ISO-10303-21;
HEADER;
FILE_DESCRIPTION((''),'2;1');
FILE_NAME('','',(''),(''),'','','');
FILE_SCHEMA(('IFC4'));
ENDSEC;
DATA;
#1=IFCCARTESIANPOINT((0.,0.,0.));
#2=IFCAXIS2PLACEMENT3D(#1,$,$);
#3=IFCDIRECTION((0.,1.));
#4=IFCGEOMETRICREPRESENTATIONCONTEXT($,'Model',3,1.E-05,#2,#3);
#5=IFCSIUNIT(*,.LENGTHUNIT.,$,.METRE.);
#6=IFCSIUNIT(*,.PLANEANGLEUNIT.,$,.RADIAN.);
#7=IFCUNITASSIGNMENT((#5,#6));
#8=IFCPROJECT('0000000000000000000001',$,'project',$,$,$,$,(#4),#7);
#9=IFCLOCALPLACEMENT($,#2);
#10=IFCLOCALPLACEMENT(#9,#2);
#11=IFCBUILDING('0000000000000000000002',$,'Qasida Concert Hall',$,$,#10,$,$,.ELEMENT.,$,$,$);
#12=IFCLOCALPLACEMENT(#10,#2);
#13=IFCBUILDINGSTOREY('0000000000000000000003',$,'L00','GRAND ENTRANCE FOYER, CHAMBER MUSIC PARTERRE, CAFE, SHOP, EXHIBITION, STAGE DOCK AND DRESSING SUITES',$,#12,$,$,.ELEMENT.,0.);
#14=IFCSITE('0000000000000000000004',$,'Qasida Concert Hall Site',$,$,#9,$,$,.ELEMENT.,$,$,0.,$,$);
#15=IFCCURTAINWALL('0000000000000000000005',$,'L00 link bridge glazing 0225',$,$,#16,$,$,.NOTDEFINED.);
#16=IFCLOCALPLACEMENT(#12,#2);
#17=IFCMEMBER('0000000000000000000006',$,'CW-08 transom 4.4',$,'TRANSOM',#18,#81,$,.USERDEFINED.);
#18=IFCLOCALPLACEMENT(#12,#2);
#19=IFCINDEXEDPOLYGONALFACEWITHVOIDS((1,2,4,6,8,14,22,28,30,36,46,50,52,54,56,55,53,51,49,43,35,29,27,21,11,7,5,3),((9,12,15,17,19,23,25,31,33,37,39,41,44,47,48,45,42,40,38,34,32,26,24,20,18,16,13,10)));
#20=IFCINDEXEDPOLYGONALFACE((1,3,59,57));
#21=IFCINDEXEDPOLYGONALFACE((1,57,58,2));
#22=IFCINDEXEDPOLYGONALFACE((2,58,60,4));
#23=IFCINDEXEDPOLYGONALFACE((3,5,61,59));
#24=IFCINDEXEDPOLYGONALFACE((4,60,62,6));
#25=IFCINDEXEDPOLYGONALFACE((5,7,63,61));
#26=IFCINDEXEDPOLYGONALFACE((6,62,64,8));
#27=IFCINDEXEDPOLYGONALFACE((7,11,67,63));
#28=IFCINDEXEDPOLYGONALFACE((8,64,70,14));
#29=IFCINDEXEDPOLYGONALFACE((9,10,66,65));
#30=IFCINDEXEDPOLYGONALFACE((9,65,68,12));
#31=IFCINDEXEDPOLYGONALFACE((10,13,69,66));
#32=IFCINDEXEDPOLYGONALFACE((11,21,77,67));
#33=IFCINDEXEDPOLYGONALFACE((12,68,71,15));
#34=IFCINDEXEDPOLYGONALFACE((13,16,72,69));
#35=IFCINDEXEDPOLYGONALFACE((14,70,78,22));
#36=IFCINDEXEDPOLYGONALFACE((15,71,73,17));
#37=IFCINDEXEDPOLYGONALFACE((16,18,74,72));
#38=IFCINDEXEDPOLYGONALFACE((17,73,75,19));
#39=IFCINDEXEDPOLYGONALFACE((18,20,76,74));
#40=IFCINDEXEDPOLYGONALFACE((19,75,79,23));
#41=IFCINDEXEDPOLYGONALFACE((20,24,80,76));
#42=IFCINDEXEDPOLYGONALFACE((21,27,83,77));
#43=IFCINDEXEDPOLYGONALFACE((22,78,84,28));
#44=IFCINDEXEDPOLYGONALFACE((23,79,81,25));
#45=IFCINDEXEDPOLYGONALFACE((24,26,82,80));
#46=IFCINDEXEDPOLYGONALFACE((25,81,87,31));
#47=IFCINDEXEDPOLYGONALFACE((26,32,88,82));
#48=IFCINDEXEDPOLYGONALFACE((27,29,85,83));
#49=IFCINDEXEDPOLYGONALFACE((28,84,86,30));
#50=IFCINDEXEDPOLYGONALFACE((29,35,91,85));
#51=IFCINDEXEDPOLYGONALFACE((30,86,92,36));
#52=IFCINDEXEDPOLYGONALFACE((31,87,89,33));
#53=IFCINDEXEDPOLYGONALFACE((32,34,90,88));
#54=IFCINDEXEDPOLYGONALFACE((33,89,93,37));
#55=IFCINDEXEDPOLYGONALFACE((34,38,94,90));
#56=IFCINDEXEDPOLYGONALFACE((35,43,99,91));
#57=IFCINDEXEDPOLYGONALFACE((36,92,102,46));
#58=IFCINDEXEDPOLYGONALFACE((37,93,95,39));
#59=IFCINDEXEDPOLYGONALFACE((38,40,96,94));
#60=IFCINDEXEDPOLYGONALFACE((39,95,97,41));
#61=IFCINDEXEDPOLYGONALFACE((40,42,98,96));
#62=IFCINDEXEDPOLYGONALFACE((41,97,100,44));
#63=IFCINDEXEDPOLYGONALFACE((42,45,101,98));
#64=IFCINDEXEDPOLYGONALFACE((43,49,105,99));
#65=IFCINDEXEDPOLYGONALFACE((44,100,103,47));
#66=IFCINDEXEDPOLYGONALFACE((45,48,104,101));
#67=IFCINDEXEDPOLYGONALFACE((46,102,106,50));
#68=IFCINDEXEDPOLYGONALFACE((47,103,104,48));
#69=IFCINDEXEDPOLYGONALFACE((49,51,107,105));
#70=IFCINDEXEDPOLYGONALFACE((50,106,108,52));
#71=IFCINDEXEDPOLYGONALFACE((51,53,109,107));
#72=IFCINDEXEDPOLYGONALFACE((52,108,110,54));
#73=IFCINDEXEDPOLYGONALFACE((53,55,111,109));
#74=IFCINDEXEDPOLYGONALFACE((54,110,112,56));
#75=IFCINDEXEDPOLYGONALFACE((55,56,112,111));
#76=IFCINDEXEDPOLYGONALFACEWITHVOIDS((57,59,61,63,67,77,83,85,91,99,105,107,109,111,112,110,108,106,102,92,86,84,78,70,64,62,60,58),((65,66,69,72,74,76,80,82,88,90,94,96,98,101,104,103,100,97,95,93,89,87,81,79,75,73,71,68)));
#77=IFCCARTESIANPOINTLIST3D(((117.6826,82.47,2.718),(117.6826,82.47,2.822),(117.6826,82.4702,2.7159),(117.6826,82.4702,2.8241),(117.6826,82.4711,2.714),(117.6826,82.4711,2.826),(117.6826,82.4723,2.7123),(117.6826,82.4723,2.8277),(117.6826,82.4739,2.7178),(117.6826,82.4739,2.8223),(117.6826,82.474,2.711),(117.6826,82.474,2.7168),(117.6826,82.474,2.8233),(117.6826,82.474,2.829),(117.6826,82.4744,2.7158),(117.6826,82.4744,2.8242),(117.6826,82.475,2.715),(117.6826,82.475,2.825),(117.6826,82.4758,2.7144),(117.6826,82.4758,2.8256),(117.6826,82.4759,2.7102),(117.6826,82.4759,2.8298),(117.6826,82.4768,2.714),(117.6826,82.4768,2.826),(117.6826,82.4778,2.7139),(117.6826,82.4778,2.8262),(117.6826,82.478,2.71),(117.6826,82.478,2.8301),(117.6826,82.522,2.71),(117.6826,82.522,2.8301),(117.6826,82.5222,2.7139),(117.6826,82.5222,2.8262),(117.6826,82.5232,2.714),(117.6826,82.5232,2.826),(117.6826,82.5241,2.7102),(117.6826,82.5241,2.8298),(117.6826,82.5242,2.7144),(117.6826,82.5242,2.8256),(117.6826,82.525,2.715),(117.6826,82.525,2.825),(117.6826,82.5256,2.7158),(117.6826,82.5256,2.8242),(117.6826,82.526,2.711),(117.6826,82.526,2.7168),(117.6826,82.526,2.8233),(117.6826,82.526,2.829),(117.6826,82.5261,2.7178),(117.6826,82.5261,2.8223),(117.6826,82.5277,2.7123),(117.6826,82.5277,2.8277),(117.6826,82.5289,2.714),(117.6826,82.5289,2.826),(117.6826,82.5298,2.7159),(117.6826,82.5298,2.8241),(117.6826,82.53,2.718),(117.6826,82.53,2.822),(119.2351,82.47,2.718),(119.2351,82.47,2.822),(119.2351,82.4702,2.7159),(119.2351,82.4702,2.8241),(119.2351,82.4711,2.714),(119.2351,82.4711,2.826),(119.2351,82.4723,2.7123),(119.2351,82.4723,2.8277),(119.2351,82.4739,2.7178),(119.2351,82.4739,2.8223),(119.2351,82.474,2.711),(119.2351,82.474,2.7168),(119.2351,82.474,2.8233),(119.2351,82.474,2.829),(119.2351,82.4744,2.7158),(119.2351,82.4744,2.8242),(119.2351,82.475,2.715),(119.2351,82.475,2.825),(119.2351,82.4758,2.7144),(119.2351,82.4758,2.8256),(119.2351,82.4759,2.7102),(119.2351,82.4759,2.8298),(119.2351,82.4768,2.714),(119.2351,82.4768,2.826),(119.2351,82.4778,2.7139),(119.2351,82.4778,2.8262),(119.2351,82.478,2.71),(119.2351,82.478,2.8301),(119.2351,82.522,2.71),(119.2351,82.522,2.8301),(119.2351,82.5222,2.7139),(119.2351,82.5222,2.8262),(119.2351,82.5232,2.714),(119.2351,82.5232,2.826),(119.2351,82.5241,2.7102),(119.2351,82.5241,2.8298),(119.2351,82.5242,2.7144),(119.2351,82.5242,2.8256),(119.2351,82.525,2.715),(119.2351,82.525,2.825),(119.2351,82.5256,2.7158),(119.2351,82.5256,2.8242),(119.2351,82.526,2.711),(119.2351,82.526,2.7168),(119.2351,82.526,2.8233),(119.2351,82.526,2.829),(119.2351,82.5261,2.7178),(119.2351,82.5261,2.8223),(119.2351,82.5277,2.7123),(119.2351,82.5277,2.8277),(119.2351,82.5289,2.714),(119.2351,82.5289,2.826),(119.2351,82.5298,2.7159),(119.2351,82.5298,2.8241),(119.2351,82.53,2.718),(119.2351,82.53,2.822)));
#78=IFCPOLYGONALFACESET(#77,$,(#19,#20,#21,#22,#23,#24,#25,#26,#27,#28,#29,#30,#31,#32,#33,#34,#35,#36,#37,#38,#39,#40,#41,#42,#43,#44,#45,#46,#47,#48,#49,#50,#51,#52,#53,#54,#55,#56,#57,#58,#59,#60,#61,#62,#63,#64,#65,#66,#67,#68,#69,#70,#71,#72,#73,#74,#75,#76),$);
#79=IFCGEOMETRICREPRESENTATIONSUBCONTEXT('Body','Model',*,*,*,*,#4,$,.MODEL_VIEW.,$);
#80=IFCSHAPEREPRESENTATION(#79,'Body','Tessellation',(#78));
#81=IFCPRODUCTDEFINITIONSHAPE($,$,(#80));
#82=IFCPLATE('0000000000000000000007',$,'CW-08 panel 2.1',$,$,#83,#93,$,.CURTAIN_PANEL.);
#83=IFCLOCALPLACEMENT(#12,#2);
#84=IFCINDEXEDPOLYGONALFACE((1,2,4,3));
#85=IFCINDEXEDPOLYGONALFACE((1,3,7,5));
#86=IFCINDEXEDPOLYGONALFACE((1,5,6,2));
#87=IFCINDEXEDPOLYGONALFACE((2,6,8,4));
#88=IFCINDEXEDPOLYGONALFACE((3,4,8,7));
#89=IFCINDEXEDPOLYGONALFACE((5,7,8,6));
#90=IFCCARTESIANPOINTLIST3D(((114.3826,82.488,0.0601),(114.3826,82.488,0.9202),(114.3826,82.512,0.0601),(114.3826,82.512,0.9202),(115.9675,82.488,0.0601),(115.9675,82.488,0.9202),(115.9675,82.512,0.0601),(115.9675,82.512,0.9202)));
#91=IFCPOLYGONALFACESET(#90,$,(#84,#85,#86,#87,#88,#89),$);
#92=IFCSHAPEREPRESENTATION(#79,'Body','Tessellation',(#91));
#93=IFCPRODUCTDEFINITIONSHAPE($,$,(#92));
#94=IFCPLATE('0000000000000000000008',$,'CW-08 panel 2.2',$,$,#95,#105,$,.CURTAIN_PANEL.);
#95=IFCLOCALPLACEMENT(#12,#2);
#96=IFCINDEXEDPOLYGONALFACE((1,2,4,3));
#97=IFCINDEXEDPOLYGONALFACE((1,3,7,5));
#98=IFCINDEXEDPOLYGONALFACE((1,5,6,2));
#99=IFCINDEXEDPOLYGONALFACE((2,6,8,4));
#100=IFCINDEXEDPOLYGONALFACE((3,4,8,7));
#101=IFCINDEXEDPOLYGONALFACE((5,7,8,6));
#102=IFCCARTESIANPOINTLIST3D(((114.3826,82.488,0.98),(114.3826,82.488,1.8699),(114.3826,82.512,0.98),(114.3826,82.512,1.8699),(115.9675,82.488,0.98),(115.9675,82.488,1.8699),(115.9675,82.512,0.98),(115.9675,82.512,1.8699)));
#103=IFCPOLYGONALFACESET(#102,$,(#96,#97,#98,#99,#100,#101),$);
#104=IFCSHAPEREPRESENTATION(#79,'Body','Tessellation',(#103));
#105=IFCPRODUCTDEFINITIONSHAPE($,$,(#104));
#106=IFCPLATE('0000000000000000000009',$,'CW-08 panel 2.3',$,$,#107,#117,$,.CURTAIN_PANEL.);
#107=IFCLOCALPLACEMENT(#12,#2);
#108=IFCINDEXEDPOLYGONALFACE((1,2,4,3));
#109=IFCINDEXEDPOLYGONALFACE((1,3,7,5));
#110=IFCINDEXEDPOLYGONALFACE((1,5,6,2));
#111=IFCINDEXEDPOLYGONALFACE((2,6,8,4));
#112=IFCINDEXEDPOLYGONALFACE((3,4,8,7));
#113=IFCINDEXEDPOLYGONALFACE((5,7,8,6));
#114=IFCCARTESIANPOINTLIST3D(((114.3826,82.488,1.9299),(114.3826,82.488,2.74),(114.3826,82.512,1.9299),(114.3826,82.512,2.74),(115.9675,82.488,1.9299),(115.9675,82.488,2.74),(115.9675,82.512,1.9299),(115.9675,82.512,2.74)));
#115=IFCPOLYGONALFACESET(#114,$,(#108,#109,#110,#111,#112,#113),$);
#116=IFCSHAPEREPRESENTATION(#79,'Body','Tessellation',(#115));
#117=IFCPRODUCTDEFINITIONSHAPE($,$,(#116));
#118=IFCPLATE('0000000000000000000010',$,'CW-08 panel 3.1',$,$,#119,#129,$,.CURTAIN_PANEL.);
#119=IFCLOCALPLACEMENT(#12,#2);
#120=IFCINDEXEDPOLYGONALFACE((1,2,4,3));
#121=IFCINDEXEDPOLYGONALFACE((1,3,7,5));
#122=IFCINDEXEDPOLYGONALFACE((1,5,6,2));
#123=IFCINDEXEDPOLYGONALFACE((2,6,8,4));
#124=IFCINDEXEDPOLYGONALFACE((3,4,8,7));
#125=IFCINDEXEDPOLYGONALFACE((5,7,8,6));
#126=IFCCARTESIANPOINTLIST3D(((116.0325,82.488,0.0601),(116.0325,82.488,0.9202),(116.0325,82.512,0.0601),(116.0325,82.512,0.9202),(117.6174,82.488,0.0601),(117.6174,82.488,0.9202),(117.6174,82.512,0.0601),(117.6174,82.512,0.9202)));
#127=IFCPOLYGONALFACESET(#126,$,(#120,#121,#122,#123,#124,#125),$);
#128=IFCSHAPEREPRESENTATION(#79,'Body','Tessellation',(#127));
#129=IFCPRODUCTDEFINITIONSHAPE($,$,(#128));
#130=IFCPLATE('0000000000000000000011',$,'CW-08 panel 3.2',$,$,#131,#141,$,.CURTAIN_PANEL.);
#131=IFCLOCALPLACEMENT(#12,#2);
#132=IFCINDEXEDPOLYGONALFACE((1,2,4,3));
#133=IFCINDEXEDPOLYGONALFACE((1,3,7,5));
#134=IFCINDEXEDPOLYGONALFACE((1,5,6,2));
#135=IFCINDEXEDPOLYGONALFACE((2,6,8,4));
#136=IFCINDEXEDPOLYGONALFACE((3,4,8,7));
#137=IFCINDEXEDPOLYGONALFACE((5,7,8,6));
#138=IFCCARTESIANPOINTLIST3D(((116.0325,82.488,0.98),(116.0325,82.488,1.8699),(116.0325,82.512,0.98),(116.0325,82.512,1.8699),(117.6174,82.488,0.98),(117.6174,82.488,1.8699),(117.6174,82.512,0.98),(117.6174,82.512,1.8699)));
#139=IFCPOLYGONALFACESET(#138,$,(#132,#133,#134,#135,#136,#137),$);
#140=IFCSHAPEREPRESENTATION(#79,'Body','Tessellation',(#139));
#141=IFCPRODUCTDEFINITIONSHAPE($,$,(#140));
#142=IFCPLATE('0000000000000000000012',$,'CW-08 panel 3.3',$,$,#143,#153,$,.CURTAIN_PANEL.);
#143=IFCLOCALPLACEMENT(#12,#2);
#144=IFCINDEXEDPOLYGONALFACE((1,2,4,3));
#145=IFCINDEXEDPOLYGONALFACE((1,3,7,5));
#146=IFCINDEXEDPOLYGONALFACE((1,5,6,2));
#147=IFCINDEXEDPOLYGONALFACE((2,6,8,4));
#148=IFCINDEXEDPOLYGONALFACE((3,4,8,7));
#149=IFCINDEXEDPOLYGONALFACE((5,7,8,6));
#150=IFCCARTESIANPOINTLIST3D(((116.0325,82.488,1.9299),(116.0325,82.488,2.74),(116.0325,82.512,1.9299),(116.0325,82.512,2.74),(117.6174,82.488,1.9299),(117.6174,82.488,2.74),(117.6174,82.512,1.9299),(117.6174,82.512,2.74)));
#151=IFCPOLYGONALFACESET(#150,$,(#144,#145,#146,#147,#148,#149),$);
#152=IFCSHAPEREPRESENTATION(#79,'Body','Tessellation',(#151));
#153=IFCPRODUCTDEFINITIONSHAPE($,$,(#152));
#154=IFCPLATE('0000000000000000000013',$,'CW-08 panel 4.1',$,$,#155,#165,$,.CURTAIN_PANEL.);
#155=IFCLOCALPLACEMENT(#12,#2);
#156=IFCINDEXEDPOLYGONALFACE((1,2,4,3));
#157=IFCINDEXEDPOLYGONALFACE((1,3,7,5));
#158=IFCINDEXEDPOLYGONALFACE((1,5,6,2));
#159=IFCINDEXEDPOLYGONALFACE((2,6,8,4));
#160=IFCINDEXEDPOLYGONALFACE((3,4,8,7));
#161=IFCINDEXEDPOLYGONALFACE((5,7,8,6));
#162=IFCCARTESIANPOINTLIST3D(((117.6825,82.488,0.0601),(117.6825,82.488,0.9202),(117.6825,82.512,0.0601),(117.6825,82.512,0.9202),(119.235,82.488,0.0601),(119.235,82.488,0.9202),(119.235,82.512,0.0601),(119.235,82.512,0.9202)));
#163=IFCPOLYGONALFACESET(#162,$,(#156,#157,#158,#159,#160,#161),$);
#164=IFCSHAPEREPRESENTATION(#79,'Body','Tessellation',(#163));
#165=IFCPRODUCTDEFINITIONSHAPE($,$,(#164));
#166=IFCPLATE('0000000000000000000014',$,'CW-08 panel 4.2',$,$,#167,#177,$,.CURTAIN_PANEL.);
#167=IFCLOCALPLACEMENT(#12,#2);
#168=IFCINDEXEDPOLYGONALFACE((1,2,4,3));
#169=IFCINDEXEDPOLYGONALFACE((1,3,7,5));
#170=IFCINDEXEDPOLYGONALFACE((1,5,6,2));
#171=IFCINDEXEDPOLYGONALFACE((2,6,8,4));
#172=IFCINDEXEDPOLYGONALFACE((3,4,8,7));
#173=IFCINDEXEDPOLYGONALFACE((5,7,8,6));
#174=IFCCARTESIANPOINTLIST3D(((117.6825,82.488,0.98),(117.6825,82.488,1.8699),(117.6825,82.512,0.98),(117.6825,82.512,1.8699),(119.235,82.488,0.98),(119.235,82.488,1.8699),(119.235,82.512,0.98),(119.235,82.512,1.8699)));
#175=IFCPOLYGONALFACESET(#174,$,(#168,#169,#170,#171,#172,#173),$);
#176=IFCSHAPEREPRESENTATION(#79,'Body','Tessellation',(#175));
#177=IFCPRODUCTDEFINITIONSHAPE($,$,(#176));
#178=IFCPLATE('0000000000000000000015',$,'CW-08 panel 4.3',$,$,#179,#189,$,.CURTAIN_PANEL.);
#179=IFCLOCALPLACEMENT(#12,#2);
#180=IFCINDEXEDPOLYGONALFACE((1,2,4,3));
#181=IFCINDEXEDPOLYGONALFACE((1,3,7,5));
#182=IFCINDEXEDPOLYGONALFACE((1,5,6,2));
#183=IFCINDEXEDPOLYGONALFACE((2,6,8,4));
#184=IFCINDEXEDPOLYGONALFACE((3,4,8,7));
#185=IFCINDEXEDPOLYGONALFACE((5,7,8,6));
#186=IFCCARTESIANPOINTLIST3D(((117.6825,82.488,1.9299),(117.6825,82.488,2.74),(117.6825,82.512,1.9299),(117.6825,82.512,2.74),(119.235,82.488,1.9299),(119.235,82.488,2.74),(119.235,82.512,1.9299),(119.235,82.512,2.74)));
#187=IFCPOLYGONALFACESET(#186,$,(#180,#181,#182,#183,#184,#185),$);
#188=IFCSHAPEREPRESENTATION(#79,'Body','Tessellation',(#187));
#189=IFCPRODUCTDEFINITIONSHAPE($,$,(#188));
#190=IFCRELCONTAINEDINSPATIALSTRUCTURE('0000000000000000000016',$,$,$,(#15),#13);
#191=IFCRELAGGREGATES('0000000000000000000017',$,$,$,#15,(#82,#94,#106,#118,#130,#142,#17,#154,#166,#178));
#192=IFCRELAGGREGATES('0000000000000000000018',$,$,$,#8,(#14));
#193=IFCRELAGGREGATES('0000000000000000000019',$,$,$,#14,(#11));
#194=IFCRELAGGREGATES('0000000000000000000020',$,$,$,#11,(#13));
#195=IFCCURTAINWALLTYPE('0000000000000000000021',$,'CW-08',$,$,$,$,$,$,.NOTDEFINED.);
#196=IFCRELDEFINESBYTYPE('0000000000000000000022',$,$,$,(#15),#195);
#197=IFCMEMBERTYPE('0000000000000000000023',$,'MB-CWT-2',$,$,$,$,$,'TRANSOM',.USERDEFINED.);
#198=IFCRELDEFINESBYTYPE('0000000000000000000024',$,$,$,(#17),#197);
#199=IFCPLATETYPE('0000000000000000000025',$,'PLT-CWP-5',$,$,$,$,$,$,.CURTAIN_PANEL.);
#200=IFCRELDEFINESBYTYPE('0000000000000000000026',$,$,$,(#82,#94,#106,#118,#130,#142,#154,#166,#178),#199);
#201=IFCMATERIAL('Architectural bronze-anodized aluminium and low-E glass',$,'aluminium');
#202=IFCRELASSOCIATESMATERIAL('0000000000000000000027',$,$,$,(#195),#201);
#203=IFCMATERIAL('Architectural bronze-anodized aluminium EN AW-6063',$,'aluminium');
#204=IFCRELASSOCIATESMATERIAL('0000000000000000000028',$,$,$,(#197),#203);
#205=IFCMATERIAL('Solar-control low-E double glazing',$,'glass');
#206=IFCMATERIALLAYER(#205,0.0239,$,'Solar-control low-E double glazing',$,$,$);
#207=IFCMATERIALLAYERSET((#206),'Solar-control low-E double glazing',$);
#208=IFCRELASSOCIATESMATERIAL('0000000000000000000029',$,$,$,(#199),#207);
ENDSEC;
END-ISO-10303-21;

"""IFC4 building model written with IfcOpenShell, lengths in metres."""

from ifc_helpers import new_model, si_unit, direction, frame, origin, origin_2d, place, context, subcontext, project, spatial, rectangle, hollow_rectangle, extrude, material, layer, layer_set, material_profile, profile_set, type_object, element, aggregate, save


model = new_model("IFC4")

# Units and contexts
model_context = context("Model", 3, precision=1e-05, world=origin(), true_north=direction((0.0, 1.0)))
body_context = subcontext(model_context, "Body", "Model", "MODEL_VIEW")
ifc_project = project(units=[si_unit("LENGTHUNIT", "METRE"), si_unit("PLANEANGLEUNIT", "RADIAN")], contexts=[model_context])

# Site, building, storey
site_placement = place(None, origin())
site = spatial("IfcSite", under=ifc_project, at=site_placement, Name="Qasida Concert Hall Site", CompositionType="ELEMENT", RefElevation=0.0)
building_placement = place(site_placement, origin())
building = spatial("IfcBuilding", under=site, at=building_placement, Name="Qasida Concert Hall", CompositionType="ELEMENT")
storey_placement = place(building_placement, origin())
storey = spatial("IfcBuildingStorey", under=building, at=storey_placement, Name="L00", Description="GRAND ENTRANCE FOYER, CHAMBER MUSIC PARTERRE, CAFE, SHOP, EXHIBITION, STAGE DOCK AND DRESSING SUITES", CompositionType="ELEMENT", Elevation=0.0)

# Curtain wall, member, plates
ifc_material_1 = material(Name="Architectural bronze-anodized aluminium and low-E glass", Category="aluminium")
curtain_wall_type = type_object("IfcCurtainWallType", Name="CW-08", PredefinedType="NOTDEFINED", material=ifc_material_1)
curtain_wall_placement = place(storey_placement, origin())
curtain_wall = element("IfcCurtainWall", 1, at=curtain_wall_placement, inside=storey, type_object=curtain_wall_type, Name="L00 link bridge glazing 0225", PredefinedType="NOTDEFINED")
ifc_material_2 = material(Name="Architectural bronze-anodized aluminium EN AW-6063", Category="aluminium")
ifc_material_profile_1 = material_profile(ifc_material_2, hollow_rectangle(XDim=0.0601, YDim=0.1201, WallThickness=0.0039, InnerFilletRadius=0.0039, OuterFilletRadius=0.0081, at=origin_2d()), Name="CWT 120x60x4")
ifc_profile_set_1 = profile_set([ifc_material_profile_1], Name="Architectural bronze-anodized aluminium EN AW-6063")
member_type_1 = type_object("IfcMemberType", Name="MB-CWT-2", ElementType="TRANSOM", PredefinedType="USERDEFINED", material=ifc_profile_set_1)
member_1_placement = place(storey_placement, frame((117.6826, 82.5, 2.77), z_axis=(1.0, 0.0, 0.0), x_axis=(0.0, 1.0, 0.0)))
member_1 = element("IfcMember", 2, at=member_1_placement, type_object=member_type_1, Name="CW-08 transom 4.4", ObjectType="TRANSOM", PredefinedType="USERDEFINED", context=body_context, shape_type="SweptSolid", body=[
    extrude(hollow_rectangle(XDim=0.0601, YDim=0.1201, WallThickness=0.0039, InnerFilletRadius=0.0039, OuterFilletRadius=0.0081, at=origin_2d()), origin(), (0.0, 0.0, 1.0), 1.5525),
])
ifc_material_3 = material(Name="Solar-control low-E double glazing", Category="glass")
ifc_layer = layer(ifc_material_3, 0.0239, Name="Solar-control low-E double glazing")
ifc_layer_set = layer_set([ifc_layer], Name="Solar-control low-E double glazing")
plate_type = type_object("IfcPlateType", Name="PLT-CWP-5", PredefinedType="CURTAIN_PANEL", material=ifc_layer_set)
plate_1_placement = place(storey_placement, frame((115.175, 82.5, 0.0601), z_axis=(0.0, 0.0, 1.0), x_axis=(1.0, 0.0, 0.0)))
plate_1 = element("IfcPlate", 3, at=plate_1_placement, type_object=plate_type, Name="CW-08 panel 2.1", PredefinedType="CURTAIN_PANEL", context=body_context, shape_type="SweptSolid", body=[
    extrude(rectangle(XDim=1.585, YDim=0.0239, at=origin_2d()), origin(), (0.0, 0.0, 1.0), 0.8601),
])
plate_2_placement = place(storey_placement, frame((115.175, 82.5, 0.98), z_axis=(0.0, 0.0, 1.0), x_axis=(1.0, 0.0, 0.0)))
plate_2 = element("IfcPlate", 4, at=plate_2_placement, type_object=plate_type, Name="CW-08 panel 2.2", PredefinedType="CURTAIN_PANEL", context=body_context, shape_type="SweptSolid", body=[
    extrude(rectangle(XDim=1.585, YDim=0.0239, at=origin_2d()), origin(), (0.0, 0.0, 1.0), 0.8899),
])
plate_3_placement = place(storey_placement, frame((115.175, 82.5, 1.9299), z_axis=(0.0, 0.0, 1.0), x_axis=(1.0, 0.0, 0.0)))
plate_3 = element("IfcPlate", 5, at=plate_3_placement, type_object=plate_type, Name="CW-08 panel 2.3", PredefinedType="CURTAIN_PANEL", context=body_context, shape_type="SweptSolid", body=[
    extrude(rectangle(XDim=1.585, YDim=0.0239, at=origin_2d()), origin(), (0.0, 0.0, 1.0), 0.8101),
])
plate_4_placement = place(storey_placement, frame((116.825, 82.5, 0.0601), z_axis=(0.0, 0.0, 1.0), x_axis=(1.0, 0.0, 0.0)))
plate_4 = element("IfcPlate", 6, at=plate_4_placement, type_object=plate_type, Name="CW-08 panel 3.1", PredefinedType="CURTAIN_PANEL", context=body_context, shape_type="SweptSolid", body=[
    extrude(rectangle(XDim=1.585, YDim=0.0239, at=origin_2d()), origin(), (0.0, 0.0, 1.0), 0.8601),
])
plate_5_placement = place(storey_placement, frame((116.825, 82.5, 0.98), z_axis=(0.0, 0.0, 1.0), x_axis=(1.0, 0.0, 0.0)))
plate_5 = element("IfcPlate", 7, at=plate_5_placement, type_object=plate_type, Name="CW-08 panel 3.2", PredefinedType="CURTAIN_PANEL", context=body_context, shape_type="SweptSolid", body=[
    extrude(rectangle(XDim=1.585, YDim=0.0239, at=origin_2d()), origin(), (0.0, 0.0, 1.0), 0.8899),
])
plate_6_placement = place(storey_placement, frame((116.825, 82.5, 1.9299), z_axis=(0.0, 0.0, 1.0), x_axis=(1.0, 0.0, 0.0)))
plate_6 = element("IfcPlate", 8, at=plate_6_placement, type_object=plate_type, Name="CW-08 panel 3.3", PredefinedType="CURTAIN_PANEL", context=body_context, shape_type="SweptSolid", body=[
    extrude(rectangle(XDim=1.585, YDim=0.0239, at=origin_2d()), origin(), (0.0, 0.0, 1.0), 0.8101),
])
plate_7_placement = place(storey_placement, frame((118.4587, 82.5, 0.0601), z_axis=(0.0, 0.0, 1.0), x_axis=(1.0, 0.0, 0.0)))
plate_7 = element("IfcPlate", 9, at=plate_7_placement, type_object=plate_type, Name="CW-08 panel 4.1", PredefinedType="CURTAIN_PANEL", context=body_context, shape_type="SweptSolid", body=[
    extrude(rectangle(XDim=1.5525, YDim=0.0239, at=origin_2d()), origin(), (0.0, 0.0, 1.0), 0.8601),
])
plate_8_placement = place(storey_placement, frame((118.4587, 82.5, 0.98), z_axis=(0.0, 0.0, 1.0), x_axis=(1.0, 0.0, 0.0)))
plate_8 = element("IfcPlate", 10, at=plate_8_placement, type_object=plate_type, Name="CW-08 panel 4.2", PredefinedType="CURTAIN_PANEL", context=body_context, shape_type="SweptSolid", body=[
    extrude(rectangle(XDim=1.5525, YDim=0.0239, at=origin_2d()), origin(), (0.0, 0.0, 1.0), 0.8899),
])
plate_9_placement = place(storey_placement, frame((118.4587, 82.5, 1.9299), z_axis=(0.0, 0.0, 1.0), x_axis=(1.0, 0.0, 0.0)))
plate_9 = element("IfcPlate", 11, at=plate_9_placement, type_object=plate_type, Name="CW-08 panel 4.3", PredefinedType="CURTAIN_PANEL", context=body_context, shape_type="SweptSolid", body=[
    extrude(rectangle(XDim=1.5525, YDim=0.0239, at=origin_2d()), origin(), (0.0, 0.0, 1.0), 0.8101),
])
aggregate(curtain_wall, [plate_1, plate_2, plate_3, plate_4, plate_5, plate_6, member_1, plate_7, plate_8, plate_9])

save(model, "model.ifc")
